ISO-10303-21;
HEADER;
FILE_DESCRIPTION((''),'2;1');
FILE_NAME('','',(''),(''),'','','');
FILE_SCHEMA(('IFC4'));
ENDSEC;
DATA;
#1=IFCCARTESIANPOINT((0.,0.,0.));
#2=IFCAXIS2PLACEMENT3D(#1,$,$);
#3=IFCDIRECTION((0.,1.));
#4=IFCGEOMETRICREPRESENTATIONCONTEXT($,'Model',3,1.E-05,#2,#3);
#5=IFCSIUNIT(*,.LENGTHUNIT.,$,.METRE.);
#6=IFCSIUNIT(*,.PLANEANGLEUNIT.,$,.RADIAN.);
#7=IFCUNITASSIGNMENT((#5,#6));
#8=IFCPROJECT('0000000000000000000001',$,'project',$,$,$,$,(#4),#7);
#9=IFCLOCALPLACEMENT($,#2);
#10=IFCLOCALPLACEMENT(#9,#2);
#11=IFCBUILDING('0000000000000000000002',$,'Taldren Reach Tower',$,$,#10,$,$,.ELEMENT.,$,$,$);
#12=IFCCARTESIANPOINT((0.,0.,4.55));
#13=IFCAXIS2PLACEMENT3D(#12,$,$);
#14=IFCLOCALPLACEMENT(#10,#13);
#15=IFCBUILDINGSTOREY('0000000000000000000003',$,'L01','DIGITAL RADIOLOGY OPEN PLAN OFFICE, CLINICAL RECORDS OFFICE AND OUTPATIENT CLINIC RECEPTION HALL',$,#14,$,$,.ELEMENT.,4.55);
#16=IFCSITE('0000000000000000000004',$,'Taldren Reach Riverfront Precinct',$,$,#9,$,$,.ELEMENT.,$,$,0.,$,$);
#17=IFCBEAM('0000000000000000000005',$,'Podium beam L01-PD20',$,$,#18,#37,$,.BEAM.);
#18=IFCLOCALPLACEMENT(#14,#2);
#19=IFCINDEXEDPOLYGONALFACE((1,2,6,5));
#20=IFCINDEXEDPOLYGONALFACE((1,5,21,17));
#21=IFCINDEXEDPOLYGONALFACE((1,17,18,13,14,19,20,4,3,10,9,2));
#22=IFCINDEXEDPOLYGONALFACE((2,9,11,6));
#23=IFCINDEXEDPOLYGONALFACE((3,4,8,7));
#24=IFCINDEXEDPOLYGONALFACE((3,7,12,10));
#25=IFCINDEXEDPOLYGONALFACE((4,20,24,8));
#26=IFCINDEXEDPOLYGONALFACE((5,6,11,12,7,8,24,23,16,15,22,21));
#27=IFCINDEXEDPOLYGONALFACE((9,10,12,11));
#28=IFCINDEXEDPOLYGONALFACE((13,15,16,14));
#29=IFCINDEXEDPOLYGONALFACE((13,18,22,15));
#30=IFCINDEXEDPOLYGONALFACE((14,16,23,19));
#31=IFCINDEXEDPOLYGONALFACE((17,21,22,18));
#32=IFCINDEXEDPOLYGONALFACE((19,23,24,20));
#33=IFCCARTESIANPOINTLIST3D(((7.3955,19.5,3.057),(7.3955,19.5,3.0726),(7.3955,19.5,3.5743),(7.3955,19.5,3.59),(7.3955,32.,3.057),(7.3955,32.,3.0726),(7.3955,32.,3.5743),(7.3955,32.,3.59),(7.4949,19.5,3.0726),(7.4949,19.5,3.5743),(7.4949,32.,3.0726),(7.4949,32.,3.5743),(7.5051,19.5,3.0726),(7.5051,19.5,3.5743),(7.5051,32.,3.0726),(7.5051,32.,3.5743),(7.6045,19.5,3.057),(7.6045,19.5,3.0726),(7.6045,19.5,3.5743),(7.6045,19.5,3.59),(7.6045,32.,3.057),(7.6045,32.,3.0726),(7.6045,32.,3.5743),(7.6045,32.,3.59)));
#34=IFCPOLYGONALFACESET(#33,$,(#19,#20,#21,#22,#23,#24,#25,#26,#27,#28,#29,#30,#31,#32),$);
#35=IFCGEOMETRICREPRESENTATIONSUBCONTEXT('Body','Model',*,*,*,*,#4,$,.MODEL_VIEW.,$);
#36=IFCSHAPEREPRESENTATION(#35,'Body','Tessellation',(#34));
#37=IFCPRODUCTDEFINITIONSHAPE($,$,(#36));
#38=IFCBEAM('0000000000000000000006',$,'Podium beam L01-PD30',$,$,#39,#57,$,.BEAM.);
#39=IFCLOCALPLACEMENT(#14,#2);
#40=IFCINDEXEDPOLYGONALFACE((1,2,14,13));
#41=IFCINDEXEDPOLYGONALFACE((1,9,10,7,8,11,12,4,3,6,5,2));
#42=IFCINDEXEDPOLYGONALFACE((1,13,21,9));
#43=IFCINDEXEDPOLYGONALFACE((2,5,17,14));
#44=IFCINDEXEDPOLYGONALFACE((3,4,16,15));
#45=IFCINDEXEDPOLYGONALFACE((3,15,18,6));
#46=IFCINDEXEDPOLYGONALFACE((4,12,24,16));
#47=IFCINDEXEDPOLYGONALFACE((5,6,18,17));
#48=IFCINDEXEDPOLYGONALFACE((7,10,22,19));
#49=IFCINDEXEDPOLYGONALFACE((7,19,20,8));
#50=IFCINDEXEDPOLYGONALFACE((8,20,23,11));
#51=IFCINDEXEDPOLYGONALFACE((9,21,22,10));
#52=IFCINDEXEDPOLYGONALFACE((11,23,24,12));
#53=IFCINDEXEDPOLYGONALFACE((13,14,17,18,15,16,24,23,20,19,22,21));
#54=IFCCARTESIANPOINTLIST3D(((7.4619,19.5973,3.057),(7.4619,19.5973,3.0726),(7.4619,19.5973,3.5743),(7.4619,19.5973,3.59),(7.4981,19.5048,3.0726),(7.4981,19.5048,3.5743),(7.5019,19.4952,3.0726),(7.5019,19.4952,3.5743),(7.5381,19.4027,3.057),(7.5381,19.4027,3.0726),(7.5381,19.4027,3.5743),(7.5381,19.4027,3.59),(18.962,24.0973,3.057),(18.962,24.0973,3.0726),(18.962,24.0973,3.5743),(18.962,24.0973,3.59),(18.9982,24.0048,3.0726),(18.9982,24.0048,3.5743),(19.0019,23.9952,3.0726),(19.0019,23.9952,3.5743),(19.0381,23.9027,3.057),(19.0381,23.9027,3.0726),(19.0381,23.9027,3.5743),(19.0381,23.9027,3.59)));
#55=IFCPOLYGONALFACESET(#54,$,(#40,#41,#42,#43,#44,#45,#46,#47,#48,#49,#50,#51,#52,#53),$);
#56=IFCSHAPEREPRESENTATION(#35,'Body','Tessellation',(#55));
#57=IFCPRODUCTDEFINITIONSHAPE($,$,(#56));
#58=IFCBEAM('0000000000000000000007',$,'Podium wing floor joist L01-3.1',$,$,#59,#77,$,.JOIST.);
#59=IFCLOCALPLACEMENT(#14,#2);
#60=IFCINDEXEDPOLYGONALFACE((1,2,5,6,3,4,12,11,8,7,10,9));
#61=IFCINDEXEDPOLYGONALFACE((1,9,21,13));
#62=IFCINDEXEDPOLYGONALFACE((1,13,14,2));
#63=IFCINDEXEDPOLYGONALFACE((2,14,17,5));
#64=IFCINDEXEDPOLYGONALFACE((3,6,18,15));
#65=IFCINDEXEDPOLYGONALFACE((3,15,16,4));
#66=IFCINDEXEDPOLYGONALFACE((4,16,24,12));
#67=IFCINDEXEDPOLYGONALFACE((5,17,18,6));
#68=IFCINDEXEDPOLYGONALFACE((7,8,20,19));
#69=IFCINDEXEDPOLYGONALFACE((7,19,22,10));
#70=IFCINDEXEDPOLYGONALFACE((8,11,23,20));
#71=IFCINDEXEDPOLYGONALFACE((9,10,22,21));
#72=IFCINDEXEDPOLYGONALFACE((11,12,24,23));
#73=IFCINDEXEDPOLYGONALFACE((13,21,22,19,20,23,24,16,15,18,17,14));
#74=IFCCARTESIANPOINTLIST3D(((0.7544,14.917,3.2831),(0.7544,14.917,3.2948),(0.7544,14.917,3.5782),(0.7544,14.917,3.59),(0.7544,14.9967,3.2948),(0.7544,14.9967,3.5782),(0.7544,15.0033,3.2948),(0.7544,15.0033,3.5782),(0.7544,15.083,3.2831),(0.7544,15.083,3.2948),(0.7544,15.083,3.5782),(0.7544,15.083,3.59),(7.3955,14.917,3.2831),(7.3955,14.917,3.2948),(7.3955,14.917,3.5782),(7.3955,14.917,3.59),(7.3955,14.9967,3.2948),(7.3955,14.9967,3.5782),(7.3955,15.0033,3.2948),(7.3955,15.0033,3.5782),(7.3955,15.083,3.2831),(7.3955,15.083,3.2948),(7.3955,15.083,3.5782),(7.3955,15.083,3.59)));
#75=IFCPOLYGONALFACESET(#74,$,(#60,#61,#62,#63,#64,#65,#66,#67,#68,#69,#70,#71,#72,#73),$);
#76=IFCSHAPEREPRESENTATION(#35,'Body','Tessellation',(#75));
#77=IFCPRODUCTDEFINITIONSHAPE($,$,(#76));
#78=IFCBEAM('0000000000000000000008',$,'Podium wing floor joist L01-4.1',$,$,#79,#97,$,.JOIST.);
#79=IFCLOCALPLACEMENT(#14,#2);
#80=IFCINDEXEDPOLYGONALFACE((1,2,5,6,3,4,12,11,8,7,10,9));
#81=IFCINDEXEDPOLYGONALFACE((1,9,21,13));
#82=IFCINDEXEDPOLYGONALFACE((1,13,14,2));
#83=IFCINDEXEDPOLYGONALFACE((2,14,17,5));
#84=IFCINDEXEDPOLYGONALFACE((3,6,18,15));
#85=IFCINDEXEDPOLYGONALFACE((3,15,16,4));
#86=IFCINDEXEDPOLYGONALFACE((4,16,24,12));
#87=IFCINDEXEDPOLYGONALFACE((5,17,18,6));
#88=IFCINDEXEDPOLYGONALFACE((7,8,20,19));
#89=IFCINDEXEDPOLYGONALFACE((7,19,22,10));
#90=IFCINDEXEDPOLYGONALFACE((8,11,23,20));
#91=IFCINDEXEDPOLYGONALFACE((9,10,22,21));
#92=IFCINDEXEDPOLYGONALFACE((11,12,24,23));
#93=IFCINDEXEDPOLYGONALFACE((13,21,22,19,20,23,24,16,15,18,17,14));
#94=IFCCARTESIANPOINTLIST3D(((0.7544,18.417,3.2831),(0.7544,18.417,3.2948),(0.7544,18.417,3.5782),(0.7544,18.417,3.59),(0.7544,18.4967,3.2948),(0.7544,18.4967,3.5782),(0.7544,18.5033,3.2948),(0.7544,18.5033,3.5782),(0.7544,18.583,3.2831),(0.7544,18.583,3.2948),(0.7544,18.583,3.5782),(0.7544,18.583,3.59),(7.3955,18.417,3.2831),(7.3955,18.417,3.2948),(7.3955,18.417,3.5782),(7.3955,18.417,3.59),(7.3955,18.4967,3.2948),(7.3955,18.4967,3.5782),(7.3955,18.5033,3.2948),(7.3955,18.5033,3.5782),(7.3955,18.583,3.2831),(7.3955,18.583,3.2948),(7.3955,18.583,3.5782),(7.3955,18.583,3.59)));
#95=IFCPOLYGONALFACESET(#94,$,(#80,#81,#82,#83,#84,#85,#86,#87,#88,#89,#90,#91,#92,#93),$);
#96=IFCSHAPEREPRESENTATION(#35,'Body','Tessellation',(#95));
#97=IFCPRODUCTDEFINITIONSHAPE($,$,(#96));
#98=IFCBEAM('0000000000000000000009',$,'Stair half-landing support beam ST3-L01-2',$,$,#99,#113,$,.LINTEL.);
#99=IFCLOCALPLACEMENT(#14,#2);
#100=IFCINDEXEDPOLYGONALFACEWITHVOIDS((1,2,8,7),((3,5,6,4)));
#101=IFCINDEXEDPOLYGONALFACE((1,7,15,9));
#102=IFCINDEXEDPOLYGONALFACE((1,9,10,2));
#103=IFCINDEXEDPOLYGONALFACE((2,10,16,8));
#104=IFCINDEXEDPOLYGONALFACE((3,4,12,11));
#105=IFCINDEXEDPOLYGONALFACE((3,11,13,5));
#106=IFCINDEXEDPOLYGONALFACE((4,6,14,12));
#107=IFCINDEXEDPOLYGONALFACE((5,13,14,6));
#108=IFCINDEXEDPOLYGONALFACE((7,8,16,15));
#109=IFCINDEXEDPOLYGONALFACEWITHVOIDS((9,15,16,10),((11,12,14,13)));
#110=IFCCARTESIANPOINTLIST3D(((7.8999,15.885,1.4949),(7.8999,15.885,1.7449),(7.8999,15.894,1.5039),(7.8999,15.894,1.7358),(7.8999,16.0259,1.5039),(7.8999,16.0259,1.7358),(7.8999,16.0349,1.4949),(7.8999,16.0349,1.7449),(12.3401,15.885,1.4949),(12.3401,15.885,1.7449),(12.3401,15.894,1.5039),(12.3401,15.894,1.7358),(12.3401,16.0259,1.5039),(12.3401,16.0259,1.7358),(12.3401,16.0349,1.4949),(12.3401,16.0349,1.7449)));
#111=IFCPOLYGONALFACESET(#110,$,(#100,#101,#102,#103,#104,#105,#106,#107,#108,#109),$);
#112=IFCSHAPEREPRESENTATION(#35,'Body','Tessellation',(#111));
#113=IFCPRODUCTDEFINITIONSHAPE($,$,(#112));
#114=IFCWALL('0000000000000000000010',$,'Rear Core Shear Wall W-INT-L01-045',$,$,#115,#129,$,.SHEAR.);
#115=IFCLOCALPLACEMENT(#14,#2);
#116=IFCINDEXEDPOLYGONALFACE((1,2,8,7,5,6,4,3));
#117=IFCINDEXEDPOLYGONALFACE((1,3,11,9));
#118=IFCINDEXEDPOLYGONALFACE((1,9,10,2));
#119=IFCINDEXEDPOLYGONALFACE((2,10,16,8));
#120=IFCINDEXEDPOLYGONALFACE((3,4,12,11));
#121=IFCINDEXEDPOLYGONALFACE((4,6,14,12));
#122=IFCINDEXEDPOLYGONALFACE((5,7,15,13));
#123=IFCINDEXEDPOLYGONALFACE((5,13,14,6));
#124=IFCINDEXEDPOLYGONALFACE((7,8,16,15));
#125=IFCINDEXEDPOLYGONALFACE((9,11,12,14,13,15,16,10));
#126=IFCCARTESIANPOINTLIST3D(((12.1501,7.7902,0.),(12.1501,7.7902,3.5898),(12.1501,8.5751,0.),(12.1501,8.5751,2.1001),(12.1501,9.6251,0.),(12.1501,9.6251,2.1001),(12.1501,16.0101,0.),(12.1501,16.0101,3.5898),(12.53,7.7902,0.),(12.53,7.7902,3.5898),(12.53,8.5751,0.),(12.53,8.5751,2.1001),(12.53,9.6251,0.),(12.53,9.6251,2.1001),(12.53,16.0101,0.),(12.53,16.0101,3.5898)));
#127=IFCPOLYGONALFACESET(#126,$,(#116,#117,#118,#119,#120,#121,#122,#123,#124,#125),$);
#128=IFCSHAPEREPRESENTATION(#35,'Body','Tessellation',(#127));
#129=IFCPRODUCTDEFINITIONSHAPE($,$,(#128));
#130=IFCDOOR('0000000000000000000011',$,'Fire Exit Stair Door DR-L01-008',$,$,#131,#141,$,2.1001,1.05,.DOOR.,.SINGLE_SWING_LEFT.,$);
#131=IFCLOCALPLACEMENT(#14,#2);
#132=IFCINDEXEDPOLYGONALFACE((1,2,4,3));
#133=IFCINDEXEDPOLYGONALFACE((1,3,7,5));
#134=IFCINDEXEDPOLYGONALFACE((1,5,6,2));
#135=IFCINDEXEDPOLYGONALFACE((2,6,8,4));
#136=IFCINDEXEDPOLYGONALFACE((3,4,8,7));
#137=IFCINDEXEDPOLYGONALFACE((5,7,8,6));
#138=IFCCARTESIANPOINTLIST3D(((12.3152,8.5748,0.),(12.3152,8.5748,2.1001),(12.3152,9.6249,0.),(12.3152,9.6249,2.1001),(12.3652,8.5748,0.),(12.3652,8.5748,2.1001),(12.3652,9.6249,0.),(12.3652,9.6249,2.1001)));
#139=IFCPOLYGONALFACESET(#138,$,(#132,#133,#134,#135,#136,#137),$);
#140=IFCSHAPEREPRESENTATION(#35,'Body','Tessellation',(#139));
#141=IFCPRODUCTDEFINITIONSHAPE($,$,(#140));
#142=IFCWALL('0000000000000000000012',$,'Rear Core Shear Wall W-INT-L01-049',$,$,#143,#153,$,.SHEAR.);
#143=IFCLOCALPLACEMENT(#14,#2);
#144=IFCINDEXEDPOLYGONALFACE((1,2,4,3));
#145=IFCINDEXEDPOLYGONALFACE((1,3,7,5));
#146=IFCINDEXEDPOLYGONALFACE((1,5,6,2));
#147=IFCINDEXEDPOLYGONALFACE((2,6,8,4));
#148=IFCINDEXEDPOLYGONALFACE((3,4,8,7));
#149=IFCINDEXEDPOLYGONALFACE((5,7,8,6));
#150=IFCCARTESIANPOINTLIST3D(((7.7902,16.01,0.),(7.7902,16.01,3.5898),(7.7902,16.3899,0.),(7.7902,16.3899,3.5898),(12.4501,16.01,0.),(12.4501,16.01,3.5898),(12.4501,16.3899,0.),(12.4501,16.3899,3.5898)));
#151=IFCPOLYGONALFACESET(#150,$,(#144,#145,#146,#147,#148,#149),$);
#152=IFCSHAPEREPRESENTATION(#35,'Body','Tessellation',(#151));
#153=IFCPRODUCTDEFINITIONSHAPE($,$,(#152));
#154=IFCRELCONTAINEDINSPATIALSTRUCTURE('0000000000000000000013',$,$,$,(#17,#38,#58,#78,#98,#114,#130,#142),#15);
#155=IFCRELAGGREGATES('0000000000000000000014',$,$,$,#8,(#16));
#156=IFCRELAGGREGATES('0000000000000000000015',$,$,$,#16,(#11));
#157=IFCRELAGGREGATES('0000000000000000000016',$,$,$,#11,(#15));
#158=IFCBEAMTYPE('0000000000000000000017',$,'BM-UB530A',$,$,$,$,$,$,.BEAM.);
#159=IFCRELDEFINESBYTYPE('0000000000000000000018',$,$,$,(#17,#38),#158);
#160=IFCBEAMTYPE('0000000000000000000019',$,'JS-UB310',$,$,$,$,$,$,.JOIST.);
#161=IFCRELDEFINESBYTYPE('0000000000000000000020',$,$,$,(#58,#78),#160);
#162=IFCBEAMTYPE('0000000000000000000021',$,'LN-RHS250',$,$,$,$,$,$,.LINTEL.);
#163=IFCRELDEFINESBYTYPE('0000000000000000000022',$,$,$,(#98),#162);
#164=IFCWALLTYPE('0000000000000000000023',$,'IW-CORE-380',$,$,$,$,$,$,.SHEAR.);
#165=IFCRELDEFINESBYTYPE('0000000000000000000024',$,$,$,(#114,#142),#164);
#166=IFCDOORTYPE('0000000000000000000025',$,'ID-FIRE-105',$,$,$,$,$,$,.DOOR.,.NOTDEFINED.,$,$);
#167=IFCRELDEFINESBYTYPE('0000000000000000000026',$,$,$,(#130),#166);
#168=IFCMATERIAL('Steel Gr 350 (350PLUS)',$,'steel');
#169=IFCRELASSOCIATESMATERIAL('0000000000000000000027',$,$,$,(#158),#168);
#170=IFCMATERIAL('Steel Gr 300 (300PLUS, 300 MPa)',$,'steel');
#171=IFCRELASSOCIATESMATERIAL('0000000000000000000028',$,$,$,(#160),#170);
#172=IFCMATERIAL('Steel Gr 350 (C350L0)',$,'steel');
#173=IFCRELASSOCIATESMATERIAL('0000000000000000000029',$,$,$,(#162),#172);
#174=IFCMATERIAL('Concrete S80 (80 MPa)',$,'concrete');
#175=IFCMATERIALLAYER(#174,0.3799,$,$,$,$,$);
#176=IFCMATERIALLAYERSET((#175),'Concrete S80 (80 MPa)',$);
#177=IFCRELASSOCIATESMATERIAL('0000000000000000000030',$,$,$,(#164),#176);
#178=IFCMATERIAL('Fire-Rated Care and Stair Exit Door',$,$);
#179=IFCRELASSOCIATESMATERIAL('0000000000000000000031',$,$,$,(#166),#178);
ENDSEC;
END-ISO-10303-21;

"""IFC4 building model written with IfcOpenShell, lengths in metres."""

from ifc_helpers import new_model, si_unit, direction, frame, frame_2d, origin, origin_2d, place, context, subcontext, project, spatial, rectangle, hollow_rectangle, i_section, extrude, source, transform, mapped, material, layer, layer_set, material_profile, profile_set, type_object, element, fill, save


model = new_model("IFC4")

# Units and contexts
model_context = context("Model", 3, precision=1e-05, world=origin(), true_north=direction((0.0, 1.0)))
body_context = subcontext(model_context, "Body", "Model", "MODEL_VIEW")
ifc_project = project(units=[si_unit("LENGTHUNIT", "METRE"), si_unit("PLANEANGLEUNIT", "RADIAN")], contexts=[model_context])

# Site, building, storey
site_placement = place(None, origin())
site = spatial("IfcSite", under=ifc_project, at=site_placement, Name="Taldren Reach Riverfront Precinct", CompositionType="ELEMENT", RefElevation=0.0)
building_placement = place(site_placement, origin())
building = spatial("IfcBuilding", under=site, at=building_placement, Name="Taldren Reach Tower", CompositionType="ELEMENT")
storey_placement = place(building_placement, frame((0.0, 0.0, 4.55)))
storey = spatial("IfcBuildingStorey", under=building, at=storey_placement, Name="L01", Description="DIGITAL RADIOLOGY OPEN PLAN OFFICE, CLINICAL RECORDS OFFICE AND OUTPATIENT CLINIC RECEPTION HALL", CompositionType="ELEMENT", Elevation=4.55)

# Shared definitions
ifc_material_1 = material(Name="Steel Gr 350 (350PLUS)", Category="steel")
ifc_material_2 = material(Name="Steel Gr 350 (C350L0)", Category="steel")

# Beams
ifc_material_profile_1 = material_profile(ifc_material_1, i_section(OverallWidth=0.209, OverallDepth=0.533, WebThickness=0.0103, FlangeThickness=0.0156, at=origin_2d()), Name="530UB92.4")
ifc_profile_set_1 = profile_set([ifc_material_profile_1], Name="Steel Gr 350 (350PLUS)")
beam_type_1 = type_object("IfcBeamType", Name="BM-UB530A", PredefinedType="BEAM", material=ifc_profile_set_1)
shared_shape_1 = source(origin(), body_context, "Body", "SweptSolid", [
    extrude(i_section(OverallWidth=0.209, OverallDepth=0.533, WebThickness=0.0103, FlangeThickness=0.0156, at=origin_2d()), origin(), (0.0, 0.0, 1.0), 12.5),
])
beam_1_placement = place(storey_placement, frame((7.5, 19.5, 3.3235), z_axis=(0.0, 1.0, 0.0), x_axis=(-1.0, 0.0, 0.0)))
element("IfcBeam", 1, at=beam_1_placement, inside=storey, type_object=beam_type_1, Name="Podium beam L01-PD20", PredefinedType="BEAM", context=body_context, shape_type="MappedRepresentation", body=[
    mapped(shared_shape_1, transform((0.0, 0.0, 0.0), scale=1.0)),
])
shared_shape_2 = source(origin(), body_context, "Body", "SweptSolid", [
    extrude(i_section(OverallWidth=0.209, OverallDepth=0.533, WebThickness=0.0103, FlangeThickness=0.0156, at=origin_2d()), origin(), (0.0, 0.0, 1.0), 12.3491),
])
beam_2_placement = place(storey_placement, frame((7.5, 19.5, 3.3235), z_axis=(0.931243, 0.364399, 0.0), x_axis=(-0.364399, 0.931243, 0.0)))
element("IfcBeam", 2, at=beam_2_placement, inside=storey, type_object=beam_type_1, Name="Podium beam L01-PD30", PredefinedType="BEAM", context=body_context, shape_type="MappedRepresentation", body=[
    mapped(shared_shape_2, transform((0.0, 0.0, 0.0), scale=1.0)),
])
ifc_material_3 = material(Name="Steel Gr 300 (300PLUS, 300 MPa)", Category="steel")
ifc_material_profile_2 = material_profile(ifc_material_3, i_section(OverallWidth=0.166, OverallDepth=0.3069, WebThickness=0.0066, FlangeThickness=0.0117, at=origin_2d()), Name="310UB46.2")
ifc_profile_set_2 = profile_set([ifc_material_profile_2], Name="Steel Gr 300 (300PLUS, 300 MPa)")
beam_type_2 = type_object("IfcBeamType", Name="JS-UB310", PredefinedType="JOIST", material=ifc_profile_set_2)
shared_shape_3 = source(origin(), body_context, "Body", "SweptSolid", [
    extrude(i_section(OverallWidth=0.166, OverallDepth=0.3069, WebThickness=0.0066, FlangeThickness=0.0117, at=origin_2d()), origin(), (0.0, 0.0, 1.0), 6.6411),
])
for number, where, z_axis, x_axis, name in (
    (3, (0.7544, 15.0, 3.4365), (1.0, 0.0, 0.0), (0.0, 1.0, 0.0), "Podium wing floor joist L01-3.1"),
    (4, (0.7544, 18.5, 3.4365), (1.0, 0.0, 0.0), (0.0, 1.0, 0.0), "Podium wing floor joist L01-4.1"),
):
    element("IfcBeam", number, at=place(storey_placement, frame(where, z_axis=z_axis, x_axis=x_axis)), inside=storey, type_object=beam_type_2, Name=name, PredefinedType="JOIST", context=body_context, shape_type="MappedRepresentation", body=[
        mapped(shared_shape_3, transform((0.0, 0.0, 0.0), scale=1.0)),
    ])
ifc_material_profile_3 = material_profile(ifc_material_2, hollow_rectangle(XDim=0.1499, YDim=0.25, WallThickness=0.009, at=origin_2d()), Name="250x150x9.0RHS")
ifc_profile_set_3 = profile_set([ifc_material_profile_3], Name="Steel Gr 350 (C350L0)")
beam_type_3 = type_object("IfcBeamType", Name="LN-RHS250", PredefinedType="LINTEL", material=ifc_profile_set_3)
shared_shape_4 = source(origin(), body_context, "Body", "SweptSolid", [
    extrude(hollow_rectangle(XDim=0.1499, YDim=0.25, WallThickness=0.009, at=origin_2d()), origin(), (0.0, 0.0, 1.0), 4.4402),
])
beam_3_placement = place(storey_placement, frame((7.8999, 15.96, 1.6199), z_axis=(1.0, 0.0, 0.0), x_axis=(0.0, 1.0, 0.0)))
element("IfcBeam", 5, at=beam_3_placement, inside=storey, type_object=beam_type_3, Name="Stair half-landing support beam ST3-L01-2", PredefinedType="LINTEL", context=body_context, shape_type="MappedRepresentation", body=[
    mapped(shared_shape_4, transform((0.0, 0.0, 0.0), scale=1.0)),
])

# Wall, opening, door
ifc_material_4 = material(Name="Concrete S80 (80 MPa)", Category="concrete")
ifc_layer_1 = layer(ifc_material_4, 0.3799)
ifc_layer_set_1 = layer_set([ifc_layer_1], Name="Concrete S80 (80 MPa)")
wall_type_1 = type_object("IfcWallType", Name="IW-CORE-380", PredefinedType="SHEAR", material=ifc_layer_set_1)
shared_shape_5 = source(origin(), body_context, "Body", "SweptSolid", [
    extrude(rectangle(XDim=8.22, YDim=0.3799, at=frame_2d((4.1099, 0.0))), origin(), (0.0, 0.0, 1.0), 3.5898),
])
wall_1_placement = place(storey_placement, frame((12.3401, 16.01, 0.0), z_axis=(0.0, 0.0, 1.0), x_axis=(0.0, -1.0, 0.0)))
wall_1 = element("IfcWall", 6, at=wall_1_placement, inside=storey, type_object=wall_type_1, Name="Rear Core Shear Wall W-INT-L01-045", PredefinedType="SHEAR", context=body_context, shape_type="MappedRepresentation", body=[
    mapped(shared_shape_5, transform((0.0, 0.0, 0.0), scale=1.0)),
])
shared_shape_6 = source(origin(), body_context, "Body", "SweptSolid", [
    extrude(rectangle(XDim=1.05, YDim=2.1001, at=frame_2d((0.5249, 1.05))), frame((0.0, 0.2, 0.0), z_axis=(0.0, -1.0, 0.0), x_axis=(1.0, 0.0, 0.0)), (0.0, 0.0, 1.0), 0.3999),
])
opening_1_placement = place(wall_1_placement, frame((6.385, 0.0, 0.0)))
opening_1 = element("IfcOpeningElement", 7, at=opening_1_placement, cuts=wall_1, PredefinedType="OPENING", context=body_context, shape_type="MappedRepresentation", body=[
    mapped(shared_shape_6, transform((0.0, 0.0, 0.0), scale=1.0)),
])
ifc_material_5 = material(Name="Fire-Rated Care and Stair Exit Door")
door_type = type_object("IfcDoorType", Name="ID-FIRE-105", OperationType="NOTDEFINED", PredefinedType="DOOR", material=ifc_material_5)
shared_shape_7 = source(origin(), body_context, "Body", "SweptSolid", [
    extrude(rectangle(XDim=1.05, YDim=2.1001, at=frame_2d((0.5249, 1.05))), frame((0.0, 0.0249, 0.0), z_axis=(0.0, -1.0, 0.0), x_axis=(1.0, 0.0, 0.0)), (0.0, 0.0, 1.0), 0.05),
])
door_1_placement = place(opening_1_placement, frame((1.05, 0.0, 0.0), z_axis=(0.0, 0.0, 1.0), x_axis=(-1.0, 0.0, 0.0)))
door_1 = element("IfcDoor", 8, at=door_1_placement, inside=storey, type_object=door_type, Name="Fire Exit Stair Door DR-L01-008", OperationType="SINGLE_SWING_LEFT", OverallHeight=2.1001, OverallWidth=1.05, PredefinedType="DOOR", context=body_context, shape_type="MappedRepresentation", body=[
    mapped(shared_shape_7, transform((0.0, 0.0, 0.0), scale=1.0)),
])
fill(opening_1, door_1)

# Wall
shared_shape_8 = source(origin(), body_context, "Body", "SweptSolid", [
    extrude(rectangle(XDim=4.6599, YDim=0.3799, at=frame_2d((2.3301, 0.0))), origin(), (0.0, 0.0, 1.0), 3.5898),
])
wall_2_placement = place(storey_placement, frame((7.79, 16.2, 0.0), z_axis=(0.0, 0.0, 1.0), x_axis=(1.0, 0.0, 0.0)))
element("IfcWall", 9, at=wall_2_placement, inside=storey, type_object=wall_type_1, Name="Rear Core Shear Wall W-INT-L01-049", PredefinedType="SHEAR", context=body_context, shape_type="MappedRepresentation", body=[
    mapped(shared_shape_8, transform((0.0, 0.0, 0.0), scale=1.0)),
])

save(model, "model.ifc")
